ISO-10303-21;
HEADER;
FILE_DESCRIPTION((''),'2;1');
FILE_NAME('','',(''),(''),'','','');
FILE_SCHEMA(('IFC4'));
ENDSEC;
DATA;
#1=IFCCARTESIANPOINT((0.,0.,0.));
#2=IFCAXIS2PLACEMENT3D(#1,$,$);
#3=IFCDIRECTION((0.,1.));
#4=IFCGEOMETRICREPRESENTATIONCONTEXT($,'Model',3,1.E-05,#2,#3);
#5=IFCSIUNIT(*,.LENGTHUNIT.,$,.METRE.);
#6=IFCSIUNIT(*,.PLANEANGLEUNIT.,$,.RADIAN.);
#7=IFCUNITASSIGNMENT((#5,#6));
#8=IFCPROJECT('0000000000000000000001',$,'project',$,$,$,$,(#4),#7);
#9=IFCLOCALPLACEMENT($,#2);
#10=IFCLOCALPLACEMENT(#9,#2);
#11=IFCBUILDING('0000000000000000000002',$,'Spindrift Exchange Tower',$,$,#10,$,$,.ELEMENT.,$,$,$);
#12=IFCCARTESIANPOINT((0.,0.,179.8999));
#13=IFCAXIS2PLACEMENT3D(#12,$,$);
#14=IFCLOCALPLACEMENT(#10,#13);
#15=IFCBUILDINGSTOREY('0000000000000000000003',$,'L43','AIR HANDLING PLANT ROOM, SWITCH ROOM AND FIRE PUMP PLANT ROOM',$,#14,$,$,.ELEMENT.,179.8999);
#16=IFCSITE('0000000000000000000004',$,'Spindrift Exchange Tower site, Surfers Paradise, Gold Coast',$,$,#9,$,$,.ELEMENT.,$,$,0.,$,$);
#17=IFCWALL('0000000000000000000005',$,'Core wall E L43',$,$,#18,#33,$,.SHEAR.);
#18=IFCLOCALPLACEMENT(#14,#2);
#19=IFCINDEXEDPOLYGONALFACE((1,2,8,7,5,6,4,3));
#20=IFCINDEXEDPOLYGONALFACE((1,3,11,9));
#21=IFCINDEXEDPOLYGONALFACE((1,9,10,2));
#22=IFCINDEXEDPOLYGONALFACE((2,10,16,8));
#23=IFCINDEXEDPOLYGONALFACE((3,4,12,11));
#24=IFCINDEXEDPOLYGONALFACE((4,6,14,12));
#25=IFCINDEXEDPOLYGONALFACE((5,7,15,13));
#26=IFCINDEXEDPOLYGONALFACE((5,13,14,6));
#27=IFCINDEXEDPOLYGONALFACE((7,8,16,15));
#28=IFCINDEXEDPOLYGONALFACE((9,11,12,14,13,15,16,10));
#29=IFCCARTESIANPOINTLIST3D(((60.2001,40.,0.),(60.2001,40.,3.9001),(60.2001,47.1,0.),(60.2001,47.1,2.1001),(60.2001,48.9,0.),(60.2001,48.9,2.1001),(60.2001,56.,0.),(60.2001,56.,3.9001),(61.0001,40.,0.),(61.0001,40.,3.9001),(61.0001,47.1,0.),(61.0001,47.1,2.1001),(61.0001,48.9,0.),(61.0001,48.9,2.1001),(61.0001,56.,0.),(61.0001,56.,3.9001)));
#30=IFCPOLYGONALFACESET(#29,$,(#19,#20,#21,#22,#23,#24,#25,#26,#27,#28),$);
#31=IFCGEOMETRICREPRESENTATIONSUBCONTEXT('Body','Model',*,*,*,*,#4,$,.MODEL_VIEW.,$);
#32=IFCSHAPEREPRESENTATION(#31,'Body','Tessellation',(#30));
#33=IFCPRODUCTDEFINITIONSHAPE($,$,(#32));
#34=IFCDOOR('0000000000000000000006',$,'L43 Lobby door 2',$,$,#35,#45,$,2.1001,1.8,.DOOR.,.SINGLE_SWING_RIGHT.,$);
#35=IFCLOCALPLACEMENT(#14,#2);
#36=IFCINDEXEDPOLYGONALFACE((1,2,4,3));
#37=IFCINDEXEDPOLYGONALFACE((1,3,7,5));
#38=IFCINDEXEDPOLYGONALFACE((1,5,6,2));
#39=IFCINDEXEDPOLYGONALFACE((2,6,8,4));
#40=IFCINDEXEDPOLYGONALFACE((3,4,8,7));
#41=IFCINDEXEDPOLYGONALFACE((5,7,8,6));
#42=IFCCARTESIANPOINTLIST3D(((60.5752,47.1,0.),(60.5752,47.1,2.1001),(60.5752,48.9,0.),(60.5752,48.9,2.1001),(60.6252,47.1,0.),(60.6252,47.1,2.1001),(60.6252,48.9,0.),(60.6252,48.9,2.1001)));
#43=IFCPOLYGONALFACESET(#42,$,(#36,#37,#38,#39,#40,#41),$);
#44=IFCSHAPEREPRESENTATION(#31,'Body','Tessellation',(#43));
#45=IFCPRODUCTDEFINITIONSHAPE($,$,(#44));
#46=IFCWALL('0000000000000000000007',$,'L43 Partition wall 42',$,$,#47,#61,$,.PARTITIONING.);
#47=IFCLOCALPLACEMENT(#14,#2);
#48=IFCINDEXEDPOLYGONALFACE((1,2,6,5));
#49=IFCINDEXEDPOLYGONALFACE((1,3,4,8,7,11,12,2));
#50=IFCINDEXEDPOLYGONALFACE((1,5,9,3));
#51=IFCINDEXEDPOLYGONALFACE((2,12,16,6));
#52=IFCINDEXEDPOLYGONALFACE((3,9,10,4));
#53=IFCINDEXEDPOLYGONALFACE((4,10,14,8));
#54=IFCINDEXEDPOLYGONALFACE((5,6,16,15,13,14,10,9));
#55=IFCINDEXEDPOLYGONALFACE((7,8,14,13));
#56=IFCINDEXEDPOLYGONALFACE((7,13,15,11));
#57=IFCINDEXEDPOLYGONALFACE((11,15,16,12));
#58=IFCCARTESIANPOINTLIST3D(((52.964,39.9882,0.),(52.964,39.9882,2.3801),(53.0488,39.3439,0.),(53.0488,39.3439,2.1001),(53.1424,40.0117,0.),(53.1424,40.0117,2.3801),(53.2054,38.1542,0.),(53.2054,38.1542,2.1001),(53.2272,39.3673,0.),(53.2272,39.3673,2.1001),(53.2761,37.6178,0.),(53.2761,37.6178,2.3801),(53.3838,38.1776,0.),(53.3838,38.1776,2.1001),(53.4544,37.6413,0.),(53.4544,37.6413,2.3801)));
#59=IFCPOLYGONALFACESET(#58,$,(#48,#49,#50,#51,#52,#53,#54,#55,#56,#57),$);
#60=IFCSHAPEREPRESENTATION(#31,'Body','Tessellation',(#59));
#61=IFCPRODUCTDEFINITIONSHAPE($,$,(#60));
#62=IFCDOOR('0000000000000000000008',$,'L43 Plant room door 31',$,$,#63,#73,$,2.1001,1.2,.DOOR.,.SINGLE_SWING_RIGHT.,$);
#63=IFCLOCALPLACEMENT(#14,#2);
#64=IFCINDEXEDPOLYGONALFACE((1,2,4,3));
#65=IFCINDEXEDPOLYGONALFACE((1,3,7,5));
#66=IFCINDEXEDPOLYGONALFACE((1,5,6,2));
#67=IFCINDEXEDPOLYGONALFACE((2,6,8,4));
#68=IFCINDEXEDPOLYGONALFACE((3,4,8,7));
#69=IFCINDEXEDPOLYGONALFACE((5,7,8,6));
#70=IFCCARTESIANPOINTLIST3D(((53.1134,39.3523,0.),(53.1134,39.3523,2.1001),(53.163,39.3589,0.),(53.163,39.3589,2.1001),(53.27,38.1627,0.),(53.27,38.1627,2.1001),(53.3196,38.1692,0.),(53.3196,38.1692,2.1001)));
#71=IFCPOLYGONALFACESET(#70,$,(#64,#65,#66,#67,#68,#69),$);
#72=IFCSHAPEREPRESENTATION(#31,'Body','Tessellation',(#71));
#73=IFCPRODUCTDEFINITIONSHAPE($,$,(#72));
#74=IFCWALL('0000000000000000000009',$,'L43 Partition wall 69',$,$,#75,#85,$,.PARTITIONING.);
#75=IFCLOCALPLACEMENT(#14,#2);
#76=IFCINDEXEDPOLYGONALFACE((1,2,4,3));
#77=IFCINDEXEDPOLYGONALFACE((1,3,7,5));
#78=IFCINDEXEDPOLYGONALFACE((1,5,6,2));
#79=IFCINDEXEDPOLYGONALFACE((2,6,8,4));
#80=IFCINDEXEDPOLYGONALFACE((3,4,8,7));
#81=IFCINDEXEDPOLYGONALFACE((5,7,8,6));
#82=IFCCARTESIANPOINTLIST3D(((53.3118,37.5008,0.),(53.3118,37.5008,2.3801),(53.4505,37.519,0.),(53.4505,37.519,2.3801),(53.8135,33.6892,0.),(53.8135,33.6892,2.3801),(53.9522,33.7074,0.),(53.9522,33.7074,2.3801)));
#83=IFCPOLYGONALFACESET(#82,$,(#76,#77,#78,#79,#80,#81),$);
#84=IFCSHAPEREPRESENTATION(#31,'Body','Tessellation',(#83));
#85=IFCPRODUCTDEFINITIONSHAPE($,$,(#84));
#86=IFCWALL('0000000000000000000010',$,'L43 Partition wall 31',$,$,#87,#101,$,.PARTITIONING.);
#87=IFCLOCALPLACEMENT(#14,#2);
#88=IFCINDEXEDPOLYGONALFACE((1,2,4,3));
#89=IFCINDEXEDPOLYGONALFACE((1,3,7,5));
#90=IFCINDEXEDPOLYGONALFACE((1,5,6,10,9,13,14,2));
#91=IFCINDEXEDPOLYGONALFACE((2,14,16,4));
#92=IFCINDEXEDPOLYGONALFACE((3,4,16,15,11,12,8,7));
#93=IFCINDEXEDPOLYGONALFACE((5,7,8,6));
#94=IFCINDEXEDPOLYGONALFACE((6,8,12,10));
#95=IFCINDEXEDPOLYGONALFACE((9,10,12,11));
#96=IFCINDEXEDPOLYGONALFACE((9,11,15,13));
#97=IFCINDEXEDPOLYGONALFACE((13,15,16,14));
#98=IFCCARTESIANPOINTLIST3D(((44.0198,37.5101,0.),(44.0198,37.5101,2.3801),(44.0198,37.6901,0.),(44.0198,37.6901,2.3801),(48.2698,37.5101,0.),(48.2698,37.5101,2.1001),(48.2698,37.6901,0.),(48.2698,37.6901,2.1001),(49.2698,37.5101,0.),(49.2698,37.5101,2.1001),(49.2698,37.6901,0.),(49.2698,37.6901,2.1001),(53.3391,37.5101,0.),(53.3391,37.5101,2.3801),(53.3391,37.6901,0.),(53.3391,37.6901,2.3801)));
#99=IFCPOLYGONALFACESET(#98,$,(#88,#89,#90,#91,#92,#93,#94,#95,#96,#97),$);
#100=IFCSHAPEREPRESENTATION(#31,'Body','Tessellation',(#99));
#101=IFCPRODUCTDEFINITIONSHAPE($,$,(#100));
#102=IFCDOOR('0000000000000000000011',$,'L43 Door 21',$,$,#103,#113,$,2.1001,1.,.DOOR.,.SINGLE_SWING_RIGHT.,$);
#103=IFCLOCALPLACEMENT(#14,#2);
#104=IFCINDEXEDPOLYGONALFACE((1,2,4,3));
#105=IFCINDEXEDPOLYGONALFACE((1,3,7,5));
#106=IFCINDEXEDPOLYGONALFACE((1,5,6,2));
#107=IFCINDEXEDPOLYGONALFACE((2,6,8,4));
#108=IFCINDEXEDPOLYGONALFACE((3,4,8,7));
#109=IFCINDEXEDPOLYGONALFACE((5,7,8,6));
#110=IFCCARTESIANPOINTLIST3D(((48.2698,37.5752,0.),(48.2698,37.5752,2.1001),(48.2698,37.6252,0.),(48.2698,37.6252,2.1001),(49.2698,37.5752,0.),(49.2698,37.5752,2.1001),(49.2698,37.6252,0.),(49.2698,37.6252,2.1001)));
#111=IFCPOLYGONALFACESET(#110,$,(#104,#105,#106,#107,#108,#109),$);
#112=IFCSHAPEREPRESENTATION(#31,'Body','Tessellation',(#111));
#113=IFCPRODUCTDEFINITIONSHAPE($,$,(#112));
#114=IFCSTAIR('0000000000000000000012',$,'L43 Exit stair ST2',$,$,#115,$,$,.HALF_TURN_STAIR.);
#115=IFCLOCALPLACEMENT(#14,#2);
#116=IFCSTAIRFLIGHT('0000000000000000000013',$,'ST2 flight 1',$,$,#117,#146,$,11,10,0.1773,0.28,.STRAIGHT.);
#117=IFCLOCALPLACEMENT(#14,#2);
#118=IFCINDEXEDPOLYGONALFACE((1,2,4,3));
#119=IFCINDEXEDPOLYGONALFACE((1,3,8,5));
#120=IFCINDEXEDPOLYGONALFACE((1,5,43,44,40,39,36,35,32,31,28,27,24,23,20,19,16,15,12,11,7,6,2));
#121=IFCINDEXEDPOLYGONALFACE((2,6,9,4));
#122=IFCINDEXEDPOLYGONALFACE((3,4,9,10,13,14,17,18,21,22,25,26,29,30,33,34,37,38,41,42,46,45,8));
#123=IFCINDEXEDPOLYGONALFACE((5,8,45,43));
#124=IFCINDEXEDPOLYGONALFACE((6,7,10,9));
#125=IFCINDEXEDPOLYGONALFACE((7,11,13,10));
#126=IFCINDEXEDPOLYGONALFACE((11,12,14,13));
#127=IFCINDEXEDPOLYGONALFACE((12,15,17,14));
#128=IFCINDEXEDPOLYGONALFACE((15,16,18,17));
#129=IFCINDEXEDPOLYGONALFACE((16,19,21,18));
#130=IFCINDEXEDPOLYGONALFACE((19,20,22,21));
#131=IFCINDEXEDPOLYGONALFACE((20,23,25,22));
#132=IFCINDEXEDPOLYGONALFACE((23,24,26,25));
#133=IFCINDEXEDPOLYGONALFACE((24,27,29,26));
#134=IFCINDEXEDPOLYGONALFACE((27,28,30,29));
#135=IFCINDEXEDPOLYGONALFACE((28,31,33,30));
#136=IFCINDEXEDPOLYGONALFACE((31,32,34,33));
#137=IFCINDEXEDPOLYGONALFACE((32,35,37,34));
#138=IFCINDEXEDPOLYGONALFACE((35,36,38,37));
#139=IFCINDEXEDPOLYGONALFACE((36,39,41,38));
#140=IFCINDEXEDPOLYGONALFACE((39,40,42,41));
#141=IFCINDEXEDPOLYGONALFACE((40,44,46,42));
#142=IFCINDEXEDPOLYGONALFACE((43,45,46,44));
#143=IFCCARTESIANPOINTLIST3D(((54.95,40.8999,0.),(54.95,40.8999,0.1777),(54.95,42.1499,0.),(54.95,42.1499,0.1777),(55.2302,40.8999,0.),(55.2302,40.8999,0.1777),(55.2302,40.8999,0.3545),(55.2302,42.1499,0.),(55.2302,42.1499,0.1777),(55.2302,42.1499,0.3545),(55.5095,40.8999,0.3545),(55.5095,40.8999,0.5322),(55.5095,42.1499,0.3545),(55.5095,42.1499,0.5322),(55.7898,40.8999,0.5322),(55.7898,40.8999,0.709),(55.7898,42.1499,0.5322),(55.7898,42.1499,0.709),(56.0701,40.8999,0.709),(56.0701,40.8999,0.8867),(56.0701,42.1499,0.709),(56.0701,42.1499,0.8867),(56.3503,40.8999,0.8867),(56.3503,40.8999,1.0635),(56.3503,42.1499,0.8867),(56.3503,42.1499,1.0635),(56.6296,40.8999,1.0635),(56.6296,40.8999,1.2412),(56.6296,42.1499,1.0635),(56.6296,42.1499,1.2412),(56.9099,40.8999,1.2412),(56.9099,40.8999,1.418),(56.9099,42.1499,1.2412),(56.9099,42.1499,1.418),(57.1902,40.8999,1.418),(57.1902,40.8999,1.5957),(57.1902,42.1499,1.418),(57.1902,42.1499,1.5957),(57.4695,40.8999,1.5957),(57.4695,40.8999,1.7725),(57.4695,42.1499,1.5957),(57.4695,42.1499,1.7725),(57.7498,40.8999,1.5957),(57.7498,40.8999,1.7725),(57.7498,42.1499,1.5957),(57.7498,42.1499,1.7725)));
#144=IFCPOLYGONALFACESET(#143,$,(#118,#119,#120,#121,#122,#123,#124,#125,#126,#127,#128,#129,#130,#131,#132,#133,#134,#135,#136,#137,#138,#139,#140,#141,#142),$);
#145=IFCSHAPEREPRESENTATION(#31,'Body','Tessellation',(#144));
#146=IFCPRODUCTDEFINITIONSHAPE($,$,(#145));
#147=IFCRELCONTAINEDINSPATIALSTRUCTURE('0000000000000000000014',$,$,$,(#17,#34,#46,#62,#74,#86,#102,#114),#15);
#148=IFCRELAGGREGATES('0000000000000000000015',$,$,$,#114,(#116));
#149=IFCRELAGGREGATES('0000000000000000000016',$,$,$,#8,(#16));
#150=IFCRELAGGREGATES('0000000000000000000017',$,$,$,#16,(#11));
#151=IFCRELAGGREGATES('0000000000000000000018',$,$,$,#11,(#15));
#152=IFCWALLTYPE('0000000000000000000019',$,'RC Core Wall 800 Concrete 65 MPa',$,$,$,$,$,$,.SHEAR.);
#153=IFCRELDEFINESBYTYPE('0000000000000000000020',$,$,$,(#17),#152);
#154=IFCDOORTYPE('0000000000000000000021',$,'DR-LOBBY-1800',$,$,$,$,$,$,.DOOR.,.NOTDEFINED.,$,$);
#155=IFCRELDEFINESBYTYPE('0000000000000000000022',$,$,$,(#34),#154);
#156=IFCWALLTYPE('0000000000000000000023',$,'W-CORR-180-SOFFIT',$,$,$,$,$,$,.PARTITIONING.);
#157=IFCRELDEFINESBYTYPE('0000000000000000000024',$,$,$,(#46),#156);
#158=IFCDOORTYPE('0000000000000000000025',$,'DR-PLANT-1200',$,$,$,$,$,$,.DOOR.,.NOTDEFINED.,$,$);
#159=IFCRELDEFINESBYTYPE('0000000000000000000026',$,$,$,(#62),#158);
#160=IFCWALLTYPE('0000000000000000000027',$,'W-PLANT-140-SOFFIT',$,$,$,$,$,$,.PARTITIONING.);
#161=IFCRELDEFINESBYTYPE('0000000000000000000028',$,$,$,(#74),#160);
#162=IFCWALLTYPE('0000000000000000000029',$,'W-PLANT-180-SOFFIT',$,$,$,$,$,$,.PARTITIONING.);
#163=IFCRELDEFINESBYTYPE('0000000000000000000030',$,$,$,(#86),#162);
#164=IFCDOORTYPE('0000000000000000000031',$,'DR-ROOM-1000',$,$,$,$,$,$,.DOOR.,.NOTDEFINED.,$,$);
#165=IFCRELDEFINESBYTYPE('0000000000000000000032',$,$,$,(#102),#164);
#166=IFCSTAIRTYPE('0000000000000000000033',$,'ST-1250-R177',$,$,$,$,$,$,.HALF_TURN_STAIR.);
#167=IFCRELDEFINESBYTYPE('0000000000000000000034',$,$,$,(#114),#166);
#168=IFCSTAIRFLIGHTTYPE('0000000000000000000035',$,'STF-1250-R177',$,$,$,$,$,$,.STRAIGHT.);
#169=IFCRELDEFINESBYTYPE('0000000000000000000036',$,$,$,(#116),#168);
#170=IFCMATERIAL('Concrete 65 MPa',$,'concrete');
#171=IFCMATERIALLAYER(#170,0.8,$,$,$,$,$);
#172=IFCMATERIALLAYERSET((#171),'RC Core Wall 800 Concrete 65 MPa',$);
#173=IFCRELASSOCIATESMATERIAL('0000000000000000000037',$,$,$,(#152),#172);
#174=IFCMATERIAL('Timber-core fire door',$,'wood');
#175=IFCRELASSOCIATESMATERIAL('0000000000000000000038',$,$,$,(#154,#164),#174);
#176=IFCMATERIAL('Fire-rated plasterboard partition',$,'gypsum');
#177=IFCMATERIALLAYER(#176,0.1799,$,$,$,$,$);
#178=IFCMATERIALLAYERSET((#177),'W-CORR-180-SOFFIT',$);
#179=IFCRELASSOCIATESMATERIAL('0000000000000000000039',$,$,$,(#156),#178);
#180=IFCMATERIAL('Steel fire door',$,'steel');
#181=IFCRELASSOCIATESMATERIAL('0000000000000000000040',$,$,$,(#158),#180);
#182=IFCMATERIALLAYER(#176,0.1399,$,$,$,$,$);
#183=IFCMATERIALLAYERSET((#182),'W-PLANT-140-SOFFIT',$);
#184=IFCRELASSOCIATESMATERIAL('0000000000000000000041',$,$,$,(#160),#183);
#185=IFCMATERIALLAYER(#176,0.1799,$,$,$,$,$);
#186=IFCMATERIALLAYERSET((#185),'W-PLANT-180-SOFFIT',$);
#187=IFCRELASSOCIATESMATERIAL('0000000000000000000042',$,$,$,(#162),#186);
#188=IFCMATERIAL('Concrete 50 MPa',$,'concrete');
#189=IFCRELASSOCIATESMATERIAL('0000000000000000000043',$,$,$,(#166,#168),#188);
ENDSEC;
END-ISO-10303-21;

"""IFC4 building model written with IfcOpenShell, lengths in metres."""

from ifc_helpers import new_model, si_unit, direction, frame, frame_2d, origin, place, context, subcontext, project, spatial, line, indexed_curve, rectangle, outline, extrude, source, transform, mapped, material, layer, layer_set, type_object, element, fill, aggregate, save


model = new_model("IFC4")

# Units and contexts
model_context = context("Model", 3, precision=1e-05, world=origin(), true_north=direction((0.0, 1.0)))
body_context = subcontext(model_context, "Body", "Model", "MODEL_VIEW")
ifc_project = project(units=[si_unit("LENGTHUNIT", "METRE"), si_unit("PLANEANGLEUNIT", "RADIAN")], contexts=[model_context])

# Site, building, storey
site_placement = place(None, origin())
site = spatial("IfcSite", under=ifc_project, at=site_placement, Name="Spindrift Exchange Tower site, Surfers Paradise, Gold Coast", CompositionType="ELEMENT", RefElevation=0.0)
building_placement = place(site_placement, origin())
building = spatial("IfcBuilding", under=site, at=building_placement, Name="Spindrift Exchange Tower", CompositionType="ELEMENT")
storey_placement = place(building_placement, frame((0.0, 0.0, 179.8999)))
storey = spatial("IfcBuildingStorey", under=building, at=storey_placement, Name="L43", Description="AIR HANDLING PLANT ROOM, SWITCH ROOM AND FIRE PUMP PLANT ROOM", CompositionType="ELEMENT", Elevation=179.8999)

# Walls, openings, doors
ifc_material_1 = material(Name="Concrete 65 MPa", Category="concrete")
ifc_layer_1 = layer(ifc_material_1, 0.8)
ifc_layer_set_1 = layer_set([ifc_layer_1], Name="RC Core Wall 800 Concrete 65 MPa")
wall_type_1 = type_object("IfcWallType", Name="RC Core Wall 800 Concrete 65 MPa", PredefinedType="SHEAR", material=ifc_layer_set_1)
wall_1_placement = place(storey_placement, frame((60.6001, 40.0, 0.0), z_axis=(0.0, 0.0, 1.0), x_axis=(0.0, 1.0, 0.0)))
wall_1 = element("IfcWall", 1, at=wall_1_placement, inside=storey, type_object=wall_type_1, Name="Core wall E L43", PredefinedType="SHEAR", context=body_context, shape_type="SweptSolid", body=[
    extrude(rectangle(XDim=16.0, YDim=0.8, at=frame_2d((8.0, 0.0))), origin(), (0.0, 0.0, 1.0), 3.9001),
])
opening_1_placement = place(wall_1_placement, frame((7.1001, 0.0, 0.0)))
opening_1 = element("IfcOpeningElement", 2, at=opening_1_placement, cuts=wall_1, PredefinedType="OPENING", context=body_context, shape_type="SweptSolid", body=[
    extrude(rectangle(XDim=1.8, YDim=2.1001, at=frame_2d((0.8999, 1.05))), frame((0.0, 0.4099, 0.0), z_axis=(0.0, -1.0, 0.0), x_axis=(1.0, 0.0, 0.0)), (0.0, 0.0, 1.0), 0.8201),
])
ifc_material_2 = material(Name="Timber-core fire door", Category="wood")
door_type_1 = type_object("IfcDoorType", Name="DR-LOBBY-1800", OperationType="NOTDEFINED", PredefinedType="DOOR", material=ifc_material_2)
shared_shape_1 = source(origin(), body_context, "Body", "SweptSolid", [
    extrude(rectangle(XDim=1.8, YDim=2.1001, at=frame_2d((0.8999, 1.05))), frame((0.0, 0.0249, 0.0), z_axis=(0.0, -1.0, 0.0), x_axis=(1.0, 0.0, 0.0)), (0.0, 0.0, 1.0), 0.05),
])
door_1_placement = place(opening_1_placement, origin())
door_1 = element("IfcDoor", 3, at=door_1_placement, inside=storey, type_object=door_type_1, Name="L43 Lobby door 2", OperationType="SINGLE_SWING_RIGHT", OverallHeight=2.1001, OverallWidth=1.8, PredefinedType="DOOR", context=body_context, shape_type="MappedRepresentation", body=[
    mapped(shared_shape_1, transform((0.0, 0.0, 0.0), scale=1.0)),
])
fill(opening_1, door_1)
ifc_material_3 = material(Name="Fire-rated plasterboard partition", Category="gypsum")
ifc_layer_2 = layer(ifc_material_3, 0.1799)
ifc_layer_set_2 = layer_set([ifc_layer_2], Name="W-CORR-180-SOFFIT")
wall_type_2 = type_object("IfcWallType", Name="W-CORR-180-SOFFIT", PredefinedType="PARTITIONING", material=ifc_layer_set_2)
wall_2_placement = place(storey_placement, frame((53.3652, 37.6296, 0.0), z_axis=(0.0, 0.0, 1.0), x_axis=(-0.130505, 0.991448, 0.0)))
wall_2 = element("IfcWall", 4, at=wall_2_placement, inside=storey, type_object=wall_type_2, Name="L43 Partition wall 42", PredefinedType="PARTITIONING", context=body_context, shape_type="SweptSolid", body=[
    extrude(rectangle(XDim=2.3909, YDim=0.1799, at=frame_2d((1.1953, 0.0))), origin(), (0.0, 0.0, 1.0), 2.3801),
])
opening_2_placement = place(wall_2_placement, frame((0.5408, 0.0, 0.0)))
opening_2 = element("IfcOpeningElement", 5, at=opening_2_placement, cuts=wall_2, PredefinedType="OPENING", context=body_context, shape_type="SweptSolid", body=[
    extrude(rectangle(XDim=1.2, YDim=2.1001, at=frame_2d((0.6001, 1.05))), frame((0.0, 0.0999, 0.0), z_axis=(0.0, -1.0, 0.0), x_axis=(1.0, 0.0, 0.0)), (0.0, 0.0, 1.0), 0.2),
])
ifc_material_4 = material(Name="Steel fire door", Category="steel")
door_type_2 = type_object("IfcDoorType", Name="DR-PLANT-1200", OperationType="NOTDEFINED", PredefinedType="DOOR", material=ifc_material_4)
shared_shape_2 = source(origin(), body_context, "Body", "SweptSolid", [
    extrude(rectangle(XDim=1.2, YDim=2.1001, at=frame_2d((0.6001, 1.05))), frame((0.0, 0.0249, 0.0), z_axis=(0.0, -1.0, 0.0), x_axis=(1.0, 0.0, 0.0)), (0.0, 0.0, 1.0), 0.05),
])
door_2_placement = place(opening_2_placement, origin())
door_2 = element("IfcDoor", 6, at=door_2_placement, inside=storey, type_object=door_type_2, Name="L43 Plant room door 31", OperationType="SINGLE_SWING_RIGHT", OverallHeight=2.1001, OverallWidth=1.2, PredefinedType="DOOR", context=body_context, shape_type="MappedRepresentation", body=[
    mapped(shared_shape_2, transform((0.0, 0.0, 0.0), scale=1.0)),
])
fill(opening_2, door_2)

# Wall
ifc_layer_3 = layer(ifc_material_3, 0.1399)
ifc_layer_set_3 = layer_set([ifc_layer_3], Name="W-PLANT-140-SOFFIT")
wall_type_3 = type_object("IfcWallType", Name="W-PLANT-140-SOFFIT", PredefinedType="PARTITIONING", material=ifc_layer_set_3)
wall_3_placement = place(storey_placement, frame((53.3811, 37.51, 0.0), z_axis=(0.0, 0.0, 1.0), x_axis=(0.130504, -0.991448, 0.0)))
element("IfcWall", 7, at=wall_3_placement, inside=storey, type_object=wall_type_3, Name="L43 Partition wall 69", PredefinedType="PARTITIONING", context=body_context, shape_type="SweptSolid", body=[
    extrude(rectangle(XDim=3.8445, YDim=0.1399, at=frame_2d((1.9224, 0.0))), origin(), (0.0, 0.0, 1.0), 2.3801),
])

# Wall, opening, door
ifc_layer_4 = layer(ifc_material_3, 0.1799)
ifc_layer_set_4 = layer_set([ifc_layer_4], Name="W-PLANT-180-SOFFIT")
wall_type_4 = type_object("IfcWallType", Name="W-PLANT-180-SOFFIT", PredefinedType="PARTITIONING", material=ifc_layer_set_4)
wall_4_placement = place(storey_placement, frame((53.3391, 37.6001, 0.0), z_axis=(0.0, 0.0, 1.0), x_axis=(-1.0, 0.0, 0.0)))
wall_4 = element("IfcWall", 8, at=wall_4_placement, inside=storey, type_object=wall_type_4, Name="L43 Partition wall 31", PredefinedType="PARTITIONING", context=body_context, shape_type="SweptSolid", body=[
    extrude(rectangle(XDim=9.3193, YDim=0.1799, at=frame_2d((4.6597, 0.0))), origin(), (0.0, 0.0, 1.0), 2.3801),
])
opening_3_placement = place(wall_4_placement, frame((4.0693, 0.0, 0.0)))
opening_3 = element("IfcOpeningElement", 9, at=opening_3_placement, cuts=wall_4, PredefinedType="OPENING", context=body_context, shape_type="SweptSolid", body=[
    extrude(rectangle(XDim=1.0, YDim=2.1001, at=frame_2d((0.5, 1.05))), frame((0.0, 0.0999, 0.0), z_axis=(0.0, -1.0, 0.0), x_axis=(1.0, 0.0, 0.0)), (0.0, 0.0, 1.0), 0.2),
])
door_type_3 = type_object("IfcDoorType", Name="DR-ROOM-1000", OperationType="NOTDEFINED", PredefinedType="DOOR", material=ifc_material_2)
shared_shape_3 = source(origin(), body_context, "Body", "SweptSolid", [
    extrude(rectangle(XDim=1.0, YDim=2.1001, at=frame_2d((0.5, 1.05))), frame((0.0, 0.0249, 0.0), z_axis=(0.0, -1.0, 0.0), x_axis=(1.0, 0.0, 0.0)), (0.0, 0.0, 1.0), 0.05),
])
door_3_placement = place(opening_3_placement, origin())
door_3 = element("IfcDoor", 10, at=door_3_placement, inside=storey, type_object=door_type_3, Name="L43 Door 21", OperationType="SINGLE_SWING_RIGHT", OverallHeight=2.1001, OverallWidth=1.0, PredefinedType="DOOR", context=body_context, shape_type="MappedRepresentation", body=[
    mapped(shared_shape_3, transform((0.0, 0.0, 0.0), scale=1.0)),
])
fill(opening_3, door_3)

# Stair, stair flight
ifc_material_5 = material(Name="Concrete 50 MPa", Category="concrete")
stair_type = type_object("IfcStairType", Name="ST-1250-R177", PredefinedType="HALF_TURN_STAIR", material=ifc_material_5)
stair_placement = place(storey_placement, origin())
stair = element("IfcStair", 11, at=stair_placement, inside=storey, type_object=stair_type, Name="L43 Exit stair ST2", PredefinedType="HALF_TURN_STAIR")
stair_flight_type = type_object("IfcStairFlightType", Name="STF-1250-R177", PredefinedType="STRAIGHT", material=ifc_material_5)
stair_flight_placement = place(storey_placement, frame((54.95, 41.5249, 0.0), z_axis=(0.0, 0.0, 1.0), x_axis=(1.0, 0.0, 0.0)))
stair_flight = element("IfcStairFlight", 12, at=stair_flight_placement, type_object=stair_flight_type, Name="ST2 flight 1", NumberOfRisers=11, NumberOfTreads=10, PredefinedType="STRAIGHT", RiserHeight=0.1773, TreadLength=0.28, context=body_context, shape_type="SweptSolid", body=[
    extrude(outline(indexed_curve([(0.0, 0.0), (0.0, 0.1777), (0.2803, 0.1777), (0.2803, 0.3545), (0.5596, 0.3545), (0.5596, 0.5322), (0.8398, 0.5322), (0.8398, 0.709), (1.1201, 0.709), (1.1201, 0.8867), (1.4004, 0.8867), (1.4004, 1.0635), (1.6797, 1.0635), (1.6797, 1.2412), (1.96, 1.2412), (1.96, 1.418), (2.2402, 1.418), (2.2402, 1.5957), (2.5195, 1.5957), (2.5195, 1.7725), (2.7998, 1.7725), (2.7998, 1.9502), (2.7998, 1.5957), (0.2803, 0.0)], segments=[line(1, 2, 3, 4, 5, 6, 7, 8, 9, 10, 11, 12, 13, 14, 15, 16, 17, 18, 19, 20, 21, 22, 23, 24, 1)], self_intersect=False)), frame((0.0, 0.625, 0.0), z_axis=(0.0, -1.0, 0.0), x_axis=(1.0, 0.0, 0.0)), (0.0, 0.0, 1.0), 1.25),
])
aggregate(stair, [stair_flight])

save(model, "model.ifc")
